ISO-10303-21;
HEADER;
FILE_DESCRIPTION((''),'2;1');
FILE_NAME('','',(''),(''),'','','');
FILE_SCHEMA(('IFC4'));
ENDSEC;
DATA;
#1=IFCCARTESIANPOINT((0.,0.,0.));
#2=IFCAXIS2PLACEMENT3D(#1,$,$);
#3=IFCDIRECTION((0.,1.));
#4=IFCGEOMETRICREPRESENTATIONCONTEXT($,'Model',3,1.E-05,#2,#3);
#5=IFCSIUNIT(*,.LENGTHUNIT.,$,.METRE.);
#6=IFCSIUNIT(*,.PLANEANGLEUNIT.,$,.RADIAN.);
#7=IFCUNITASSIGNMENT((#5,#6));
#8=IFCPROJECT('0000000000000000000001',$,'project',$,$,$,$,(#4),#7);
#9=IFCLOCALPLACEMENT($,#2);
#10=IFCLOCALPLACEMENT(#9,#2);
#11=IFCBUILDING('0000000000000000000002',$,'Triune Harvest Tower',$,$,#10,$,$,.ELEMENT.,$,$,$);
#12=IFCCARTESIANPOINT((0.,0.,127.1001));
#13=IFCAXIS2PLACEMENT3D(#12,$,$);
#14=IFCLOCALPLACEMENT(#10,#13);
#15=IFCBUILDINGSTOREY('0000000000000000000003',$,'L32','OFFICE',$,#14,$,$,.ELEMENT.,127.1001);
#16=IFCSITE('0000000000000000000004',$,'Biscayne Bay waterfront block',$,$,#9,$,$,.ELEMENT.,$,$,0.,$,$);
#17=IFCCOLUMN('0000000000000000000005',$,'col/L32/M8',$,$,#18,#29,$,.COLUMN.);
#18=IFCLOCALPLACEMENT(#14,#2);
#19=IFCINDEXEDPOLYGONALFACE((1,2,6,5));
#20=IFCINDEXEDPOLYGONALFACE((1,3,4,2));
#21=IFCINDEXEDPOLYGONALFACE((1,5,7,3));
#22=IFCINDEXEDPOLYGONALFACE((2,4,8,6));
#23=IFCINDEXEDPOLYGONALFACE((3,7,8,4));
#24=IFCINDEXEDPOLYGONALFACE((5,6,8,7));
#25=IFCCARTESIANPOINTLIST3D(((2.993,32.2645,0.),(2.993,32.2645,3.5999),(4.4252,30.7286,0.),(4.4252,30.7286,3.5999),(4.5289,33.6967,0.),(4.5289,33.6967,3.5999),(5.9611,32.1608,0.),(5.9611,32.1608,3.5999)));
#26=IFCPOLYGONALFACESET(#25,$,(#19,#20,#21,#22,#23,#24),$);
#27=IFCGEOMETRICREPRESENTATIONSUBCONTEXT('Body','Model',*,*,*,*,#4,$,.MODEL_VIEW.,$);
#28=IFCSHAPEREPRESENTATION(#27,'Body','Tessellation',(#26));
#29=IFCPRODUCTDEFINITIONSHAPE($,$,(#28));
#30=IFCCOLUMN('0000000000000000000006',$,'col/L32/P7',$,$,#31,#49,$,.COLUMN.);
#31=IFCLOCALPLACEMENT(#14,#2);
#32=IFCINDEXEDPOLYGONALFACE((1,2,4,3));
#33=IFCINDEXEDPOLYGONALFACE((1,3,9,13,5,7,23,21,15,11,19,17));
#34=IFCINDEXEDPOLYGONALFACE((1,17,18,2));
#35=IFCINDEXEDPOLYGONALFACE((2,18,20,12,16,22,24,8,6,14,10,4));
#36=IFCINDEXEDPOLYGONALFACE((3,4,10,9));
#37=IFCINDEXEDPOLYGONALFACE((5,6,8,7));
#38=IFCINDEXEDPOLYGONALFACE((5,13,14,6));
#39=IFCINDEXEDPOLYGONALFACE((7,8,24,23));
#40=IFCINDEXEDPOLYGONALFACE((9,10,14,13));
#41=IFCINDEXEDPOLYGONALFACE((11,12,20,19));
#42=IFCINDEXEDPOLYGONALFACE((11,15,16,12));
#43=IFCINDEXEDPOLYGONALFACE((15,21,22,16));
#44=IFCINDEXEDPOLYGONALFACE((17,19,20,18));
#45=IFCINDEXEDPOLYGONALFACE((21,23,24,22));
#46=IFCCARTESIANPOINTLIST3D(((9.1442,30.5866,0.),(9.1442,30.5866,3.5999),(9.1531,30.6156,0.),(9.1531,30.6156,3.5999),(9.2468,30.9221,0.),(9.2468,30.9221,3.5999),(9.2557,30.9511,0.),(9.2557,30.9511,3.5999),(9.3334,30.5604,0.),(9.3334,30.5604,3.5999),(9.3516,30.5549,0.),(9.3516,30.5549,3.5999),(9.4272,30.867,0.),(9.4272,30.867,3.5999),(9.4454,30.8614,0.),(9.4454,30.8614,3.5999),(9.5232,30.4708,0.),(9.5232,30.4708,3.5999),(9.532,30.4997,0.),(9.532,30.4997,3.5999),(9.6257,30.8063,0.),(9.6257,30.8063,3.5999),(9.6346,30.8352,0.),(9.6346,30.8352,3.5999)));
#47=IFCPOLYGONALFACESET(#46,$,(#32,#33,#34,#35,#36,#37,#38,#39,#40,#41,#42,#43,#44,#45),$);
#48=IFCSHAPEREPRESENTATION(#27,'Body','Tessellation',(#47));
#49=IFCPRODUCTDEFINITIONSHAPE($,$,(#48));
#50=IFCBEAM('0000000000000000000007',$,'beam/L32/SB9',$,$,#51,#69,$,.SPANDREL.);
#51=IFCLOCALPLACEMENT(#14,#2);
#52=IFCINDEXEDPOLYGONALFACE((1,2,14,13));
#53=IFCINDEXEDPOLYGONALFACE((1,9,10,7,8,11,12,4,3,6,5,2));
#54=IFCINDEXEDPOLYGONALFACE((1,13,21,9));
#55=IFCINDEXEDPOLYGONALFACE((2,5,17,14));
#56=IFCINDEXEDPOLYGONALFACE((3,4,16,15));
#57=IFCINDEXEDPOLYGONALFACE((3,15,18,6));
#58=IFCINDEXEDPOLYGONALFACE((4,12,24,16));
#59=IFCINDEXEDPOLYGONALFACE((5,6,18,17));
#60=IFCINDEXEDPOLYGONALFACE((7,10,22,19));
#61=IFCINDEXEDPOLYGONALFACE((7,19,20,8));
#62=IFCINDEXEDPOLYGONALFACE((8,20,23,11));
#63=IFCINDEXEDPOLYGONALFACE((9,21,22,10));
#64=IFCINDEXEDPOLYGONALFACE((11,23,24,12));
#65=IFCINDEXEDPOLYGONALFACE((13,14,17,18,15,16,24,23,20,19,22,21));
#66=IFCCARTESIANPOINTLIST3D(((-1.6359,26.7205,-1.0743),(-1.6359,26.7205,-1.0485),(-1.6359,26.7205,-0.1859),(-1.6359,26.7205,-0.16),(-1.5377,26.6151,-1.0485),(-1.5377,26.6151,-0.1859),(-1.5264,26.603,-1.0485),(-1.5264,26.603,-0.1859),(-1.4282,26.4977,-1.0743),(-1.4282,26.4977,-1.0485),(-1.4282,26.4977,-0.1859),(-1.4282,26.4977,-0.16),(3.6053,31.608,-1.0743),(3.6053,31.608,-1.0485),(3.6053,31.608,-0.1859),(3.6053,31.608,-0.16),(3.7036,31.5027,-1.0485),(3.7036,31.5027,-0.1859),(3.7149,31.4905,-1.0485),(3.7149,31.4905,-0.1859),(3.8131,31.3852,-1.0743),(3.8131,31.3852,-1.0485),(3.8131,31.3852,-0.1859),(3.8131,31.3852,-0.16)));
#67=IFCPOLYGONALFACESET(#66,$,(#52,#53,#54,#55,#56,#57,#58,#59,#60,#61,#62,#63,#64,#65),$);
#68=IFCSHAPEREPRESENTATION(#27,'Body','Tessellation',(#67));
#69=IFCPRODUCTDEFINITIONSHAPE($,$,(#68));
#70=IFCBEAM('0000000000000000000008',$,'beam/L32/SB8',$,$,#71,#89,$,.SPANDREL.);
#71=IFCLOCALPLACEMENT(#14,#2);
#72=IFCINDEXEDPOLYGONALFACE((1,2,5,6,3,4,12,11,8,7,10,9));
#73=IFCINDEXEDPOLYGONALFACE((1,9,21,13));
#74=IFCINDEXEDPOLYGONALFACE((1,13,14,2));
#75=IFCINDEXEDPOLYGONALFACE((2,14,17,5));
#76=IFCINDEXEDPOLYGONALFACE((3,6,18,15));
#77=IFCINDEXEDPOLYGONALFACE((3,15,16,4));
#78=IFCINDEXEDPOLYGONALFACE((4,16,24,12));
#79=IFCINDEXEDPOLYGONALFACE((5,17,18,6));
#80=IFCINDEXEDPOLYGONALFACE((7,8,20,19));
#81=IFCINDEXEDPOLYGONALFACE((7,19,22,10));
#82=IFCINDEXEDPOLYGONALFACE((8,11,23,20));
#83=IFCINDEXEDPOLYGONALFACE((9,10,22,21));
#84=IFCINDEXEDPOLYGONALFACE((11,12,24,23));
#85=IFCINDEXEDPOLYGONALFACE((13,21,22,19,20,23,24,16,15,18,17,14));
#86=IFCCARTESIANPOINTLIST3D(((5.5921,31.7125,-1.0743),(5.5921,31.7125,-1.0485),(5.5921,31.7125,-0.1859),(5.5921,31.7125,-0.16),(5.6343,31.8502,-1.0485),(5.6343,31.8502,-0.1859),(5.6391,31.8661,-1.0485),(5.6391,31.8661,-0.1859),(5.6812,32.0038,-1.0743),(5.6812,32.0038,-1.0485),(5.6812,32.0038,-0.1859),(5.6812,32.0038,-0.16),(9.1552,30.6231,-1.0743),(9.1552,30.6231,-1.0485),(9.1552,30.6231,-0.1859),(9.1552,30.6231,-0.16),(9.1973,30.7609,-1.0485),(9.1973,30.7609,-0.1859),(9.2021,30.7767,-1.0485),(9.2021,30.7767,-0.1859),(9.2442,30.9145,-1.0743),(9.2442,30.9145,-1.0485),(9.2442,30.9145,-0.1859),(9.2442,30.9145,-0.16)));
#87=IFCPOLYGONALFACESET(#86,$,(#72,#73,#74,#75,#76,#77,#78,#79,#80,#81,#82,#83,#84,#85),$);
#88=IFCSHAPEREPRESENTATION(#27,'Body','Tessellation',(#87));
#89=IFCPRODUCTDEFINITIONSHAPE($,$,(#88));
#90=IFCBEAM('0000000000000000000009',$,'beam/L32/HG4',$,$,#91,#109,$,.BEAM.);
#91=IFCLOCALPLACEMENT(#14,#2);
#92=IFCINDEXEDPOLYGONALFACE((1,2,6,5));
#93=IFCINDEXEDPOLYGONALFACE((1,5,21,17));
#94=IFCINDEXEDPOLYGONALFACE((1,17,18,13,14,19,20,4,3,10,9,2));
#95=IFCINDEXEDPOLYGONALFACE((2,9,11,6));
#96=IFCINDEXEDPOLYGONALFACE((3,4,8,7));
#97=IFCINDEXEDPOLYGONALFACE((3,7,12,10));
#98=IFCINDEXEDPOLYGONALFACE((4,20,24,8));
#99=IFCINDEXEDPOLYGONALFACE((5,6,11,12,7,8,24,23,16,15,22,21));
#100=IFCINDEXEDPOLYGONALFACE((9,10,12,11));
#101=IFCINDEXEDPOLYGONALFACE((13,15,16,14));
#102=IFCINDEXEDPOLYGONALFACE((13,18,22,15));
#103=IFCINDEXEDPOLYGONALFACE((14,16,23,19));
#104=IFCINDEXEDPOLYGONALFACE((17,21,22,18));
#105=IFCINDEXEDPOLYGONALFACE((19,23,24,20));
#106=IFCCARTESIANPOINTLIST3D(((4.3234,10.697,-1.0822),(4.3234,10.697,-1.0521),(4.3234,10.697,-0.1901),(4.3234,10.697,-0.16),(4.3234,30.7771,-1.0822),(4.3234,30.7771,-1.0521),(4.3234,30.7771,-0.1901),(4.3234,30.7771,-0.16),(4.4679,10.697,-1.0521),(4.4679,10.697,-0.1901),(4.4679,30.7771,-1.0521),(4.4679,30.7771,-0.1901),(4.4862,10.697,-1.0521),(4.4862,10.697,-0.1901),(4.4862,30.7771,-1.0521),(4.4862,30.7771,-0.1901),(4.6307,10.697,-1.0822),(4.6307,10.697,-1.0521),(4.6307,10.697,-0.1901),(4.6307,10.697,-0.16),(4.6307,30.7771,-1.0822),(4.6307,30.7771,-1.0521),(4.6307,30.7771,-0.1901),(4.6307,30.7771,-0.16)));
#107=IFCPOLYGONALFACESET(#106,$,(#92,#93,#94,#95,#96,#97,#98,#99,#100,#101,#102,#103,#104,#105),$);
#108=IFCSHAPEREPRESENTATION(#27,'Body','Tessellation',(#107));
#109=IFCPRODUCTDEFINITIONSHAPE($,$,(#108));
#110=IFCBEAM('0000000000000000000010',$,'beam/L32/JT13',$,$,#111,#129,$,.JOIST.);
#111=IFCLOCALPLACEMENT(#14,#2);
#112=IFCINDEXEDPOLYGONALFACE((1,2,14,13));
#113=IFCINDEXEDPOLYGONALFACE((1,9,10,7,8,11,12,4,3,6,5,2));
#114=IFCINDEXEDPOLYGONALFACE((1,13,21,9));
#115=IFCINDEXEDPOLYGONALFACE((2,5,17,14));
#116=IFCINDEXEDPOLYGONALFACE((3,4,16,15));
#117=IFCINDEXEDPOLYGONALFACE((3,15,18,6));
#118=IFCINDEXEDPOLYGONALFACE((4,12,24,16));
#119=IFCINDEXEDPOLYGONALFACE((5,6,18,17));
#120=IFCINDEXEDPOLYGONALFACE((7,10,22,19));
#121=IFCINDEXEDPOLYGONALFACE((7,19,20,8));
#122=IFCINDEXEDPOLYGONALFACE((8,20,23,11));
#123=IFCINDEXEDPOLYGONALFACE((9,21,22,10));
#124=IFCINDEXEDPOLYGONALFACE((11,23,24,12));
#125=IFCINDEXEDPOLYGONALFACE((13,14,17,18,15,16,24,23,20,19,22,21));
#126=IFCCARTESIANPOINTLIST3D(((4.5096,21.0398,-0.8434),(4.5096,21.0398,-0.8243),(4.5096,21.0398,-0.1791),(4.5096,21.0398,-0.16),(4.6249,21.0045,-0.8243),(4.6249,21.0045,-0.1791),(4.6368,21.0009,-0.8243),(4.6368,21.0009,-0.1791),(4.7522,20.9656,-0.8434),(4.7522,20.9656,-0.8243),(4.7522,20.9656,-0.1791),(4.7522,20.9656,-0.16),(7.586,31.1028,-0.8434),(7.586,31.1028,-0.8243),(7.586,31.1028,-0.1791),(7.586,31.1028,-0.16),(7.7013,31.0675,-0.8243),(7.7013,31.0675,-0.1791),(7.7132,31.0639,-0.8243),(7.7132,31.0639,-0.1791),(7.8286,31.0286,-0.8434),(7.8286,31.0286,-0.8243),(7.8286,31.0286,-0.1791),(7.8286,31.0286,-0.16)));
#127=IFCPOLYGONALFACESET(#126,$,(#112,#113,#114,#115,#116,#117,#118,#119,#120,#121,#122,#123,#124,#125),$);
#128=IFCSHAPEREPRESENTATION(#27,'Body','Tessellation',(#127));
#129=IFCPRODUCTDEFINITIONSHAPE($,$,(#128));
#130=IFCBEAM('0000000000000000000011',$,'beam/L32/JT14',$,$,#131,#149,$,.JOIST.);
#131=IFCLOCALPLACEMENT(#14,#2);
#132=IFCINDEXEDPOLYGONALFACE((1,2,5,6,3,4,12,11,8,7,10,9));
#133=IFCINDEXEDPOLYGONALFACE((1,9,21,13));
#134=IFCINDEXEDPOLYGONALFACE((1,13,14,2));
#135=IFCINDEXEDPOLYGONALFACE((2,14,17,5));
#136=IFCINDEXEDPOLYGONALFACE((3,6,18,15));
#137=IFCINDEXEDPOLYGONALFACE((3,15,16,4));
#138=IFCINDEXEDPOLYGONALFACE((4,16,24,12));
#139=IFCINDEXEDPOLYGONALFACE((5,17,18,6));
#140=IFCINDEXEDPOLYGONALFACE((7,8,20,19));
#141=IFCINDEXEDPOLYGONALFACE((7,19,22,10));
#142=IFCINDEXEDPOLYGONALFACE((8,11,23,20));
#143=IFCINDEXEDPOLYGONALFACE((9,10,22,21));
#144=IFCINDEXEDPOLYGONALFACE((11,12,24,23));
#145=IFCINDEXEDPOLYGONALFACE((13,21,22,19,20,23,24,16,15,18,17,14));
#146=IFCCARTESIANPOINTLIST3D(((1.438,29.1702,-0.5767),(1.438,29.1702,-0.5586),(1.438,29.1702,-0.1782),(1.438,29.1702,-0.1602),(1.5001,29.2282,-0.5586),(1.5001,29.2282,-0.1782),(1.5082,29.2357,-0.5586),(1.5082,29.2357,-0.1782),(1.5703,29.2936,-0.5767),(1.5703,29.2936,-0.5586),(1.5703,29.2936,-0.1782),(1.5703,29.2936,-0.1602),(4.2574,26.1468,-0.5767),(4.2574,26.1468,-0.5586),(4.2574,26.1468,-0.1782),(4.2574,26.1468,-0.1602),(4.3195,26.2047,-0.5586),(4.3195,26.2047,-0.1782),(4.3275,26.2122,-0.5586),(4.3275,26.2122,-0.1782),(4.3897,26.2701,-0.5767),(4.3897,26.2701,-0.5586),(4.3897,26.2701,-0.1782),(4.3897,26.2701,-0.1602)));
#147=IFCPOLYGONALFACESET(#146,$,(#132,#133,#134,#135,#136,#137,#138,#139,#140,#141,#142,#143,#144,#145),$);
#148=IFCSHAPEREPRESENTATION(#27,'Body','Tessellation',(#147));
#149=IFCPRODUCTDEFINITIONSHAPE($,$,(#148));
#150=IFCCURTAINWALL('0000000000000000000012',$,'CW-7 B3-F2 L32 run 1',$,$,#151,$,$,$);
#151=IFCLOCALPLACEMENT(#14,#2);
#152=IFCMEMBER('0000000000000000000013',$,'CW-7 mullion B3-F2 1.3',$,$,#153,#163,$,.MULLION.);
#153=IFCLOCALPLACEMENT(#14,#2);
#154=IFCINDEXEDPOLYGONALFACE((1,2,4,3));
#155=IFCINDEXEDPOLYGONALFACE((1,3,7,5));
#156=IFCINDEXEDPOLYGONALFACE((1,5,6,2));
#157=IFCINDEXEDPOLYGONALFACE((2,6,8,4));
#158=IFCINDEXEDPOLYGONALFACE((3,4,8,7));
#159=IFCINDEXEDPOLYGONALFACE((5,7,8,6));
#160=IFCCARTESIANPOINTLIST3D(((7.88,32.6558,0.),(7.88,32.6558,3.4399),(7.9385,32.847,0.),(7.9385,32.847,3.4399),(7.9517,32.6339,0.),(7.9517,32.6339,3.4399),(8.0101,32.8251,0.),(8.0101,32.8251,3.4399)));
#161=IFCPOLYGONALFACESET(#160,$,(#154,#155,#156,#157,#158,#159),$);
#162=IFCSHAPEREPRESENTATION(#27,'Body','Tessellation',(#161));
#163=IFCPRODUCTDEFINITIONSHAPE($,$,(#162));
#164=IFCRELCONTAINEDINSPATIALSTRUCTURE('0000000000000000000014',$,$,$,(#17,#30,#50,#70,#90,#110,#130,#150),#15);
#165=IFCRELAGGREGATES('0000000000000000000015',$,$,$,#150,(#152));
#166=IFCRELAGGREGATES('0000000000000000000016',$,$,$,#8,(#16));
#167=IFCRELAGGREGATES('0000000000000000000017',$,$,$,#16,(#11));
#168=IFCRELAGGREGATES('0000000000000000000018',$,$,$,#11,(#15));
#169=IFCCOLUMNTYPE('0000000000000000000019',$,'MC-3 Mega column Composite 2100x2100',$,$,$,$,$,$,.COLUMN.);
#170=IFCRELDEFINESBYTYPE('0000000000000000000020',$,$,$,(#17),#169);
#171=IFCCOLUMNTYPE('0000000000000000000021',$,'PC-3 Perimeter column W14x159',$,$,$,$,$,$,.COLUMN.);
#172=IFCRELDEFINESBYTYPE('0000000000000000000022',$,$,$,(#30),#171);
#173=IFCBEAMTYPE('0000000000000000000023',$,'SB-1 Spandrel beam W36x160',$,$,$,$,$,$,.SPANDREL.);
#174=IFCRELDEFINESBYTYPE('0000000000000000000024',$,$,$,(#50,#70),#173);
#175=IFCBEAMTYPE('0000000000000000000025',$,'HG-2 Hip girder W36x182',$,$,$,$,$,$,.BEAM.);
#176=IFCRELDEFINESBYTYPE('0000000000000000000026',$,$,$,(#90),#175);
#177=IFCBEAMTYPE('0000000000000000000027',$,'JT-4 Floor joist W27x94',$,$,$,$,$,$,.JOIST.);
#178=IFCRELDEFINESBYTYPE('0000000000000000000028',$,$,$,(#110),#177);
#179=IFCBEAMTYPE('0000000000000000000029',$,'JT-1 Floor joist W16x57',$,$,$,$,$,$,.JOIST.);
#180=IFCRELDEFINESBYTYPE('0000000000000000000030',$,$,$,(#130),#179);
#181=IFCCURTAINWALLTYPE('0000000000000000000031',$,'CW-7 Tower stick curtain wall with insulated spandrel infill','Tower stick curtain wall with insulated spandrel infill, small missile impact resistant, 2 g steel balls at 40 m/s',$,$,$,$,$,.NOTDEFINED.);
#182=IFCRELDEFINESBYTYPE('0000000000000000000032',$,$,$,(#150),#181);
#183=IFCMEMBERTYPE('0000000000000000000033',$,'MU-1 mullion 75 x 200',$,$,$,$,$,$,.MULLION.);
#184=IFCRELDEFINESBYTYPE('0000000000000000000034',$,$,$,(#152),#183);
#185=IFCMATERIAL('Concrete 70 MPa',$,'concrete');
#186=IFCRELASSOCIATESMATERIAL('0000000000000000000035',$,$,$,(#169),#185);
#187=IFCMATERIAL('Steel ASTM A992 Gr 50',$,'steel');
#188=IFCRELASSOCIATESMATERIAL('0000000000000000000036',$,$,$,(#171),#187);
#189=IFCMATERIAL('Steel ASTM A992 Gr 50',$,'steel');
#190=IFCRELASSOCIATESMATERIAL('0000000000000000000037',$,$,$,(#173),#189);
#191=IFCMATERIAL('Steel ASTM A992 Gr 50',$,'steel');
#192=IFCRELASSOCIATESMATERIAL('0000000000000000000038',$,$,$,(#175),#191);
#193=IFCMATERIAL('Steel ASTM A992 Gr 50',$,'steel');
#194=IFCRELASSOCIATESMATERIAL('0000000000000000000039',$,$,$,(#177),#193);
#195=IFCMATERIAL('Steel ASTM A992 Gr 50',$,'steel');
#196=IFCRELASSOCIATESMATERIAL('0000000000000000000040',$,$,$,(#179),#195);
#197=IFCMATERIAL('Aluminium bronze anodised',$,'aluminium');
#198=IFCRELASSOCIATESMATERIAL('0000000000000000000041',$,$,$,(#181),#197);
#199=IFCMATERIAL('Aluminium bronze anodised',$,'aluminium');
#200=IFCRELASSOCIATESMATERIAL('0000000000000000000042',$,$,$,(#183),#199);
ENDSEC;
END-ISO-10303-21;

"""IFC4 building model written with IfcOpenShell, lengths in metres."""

from ifc_helpers import new_model, si_unit, direction, frame, origin, origin_2d, place, context, subcontext, project, spatial, rectangle, i_section, extrude, source, transform, mapped, material, material_profile, profile_set, type_object, element, aggregate, save


model = new_model("IFC4")

# Units and contexts
model_context = context("Model", 3, precision=1e-05, world=origin(), true_north=direction((0.0, 1.0)))
body_context = subcontext(model_context, "Body", "Model", "MODEL_VIEW")
ifc_project = project(units=[si_unit("LENGTHUNIT", "METRE"), si_unit("PLANEANGLEUNIT", "RADIAN")], contexts=[model_context])

# Site, building, storey
site_placement = place(None, origin())
site = spatial("IfcSite", under=ifc_project, at=site_placement, Name="Biscayne Bay waterfront block", CompositionType="ELEMENT", RefElevation=0.0)
building_placement = place(site_placement, origin())
building = spatial("IfcBuilding", under=site, at=building_placement, Name="Triune Harvest Tower", CompositionType="ELEMENT")
storey_placement = place(building_placement, frame((0.0, 0.0, 127.1001)))
storey = spatial("IfcBuildingStorey", under=building, at=storey_placement, Name="L32", Description="OFFICE", CompositionType="ELEMENT", Elevation=127.1001)

# Columns
ifc_material_1 = material(Name="Concrete 70 MPa", Category="concrete")
ifc_material_profile_1 = material_profile(ifc_material_1, rectangle(XDim=2.1001, YDim=2.1001, at=origin_2d()), Name="Composite 2100x2100")
ifc_profile_set_1 = profile_set([ifc_material_profile_1], Name="Concrete 70 MPa")
column_type_1 = type_object("IfcColumnType", Name="MC-3 Mega column Composite 2100x2100", PredefinedType="COLUMN", material=ifc_profile_set_1)
shared_shape_1 = source(origin(), body_context, "Body", "SweptSolid", [
    extrude(rectangle(XDim=2.1001, YDim=2.1001, at=origin_2d()), origin(), (0.0, 0.0, 1.0), 3.5999),
])
column_1_placement = place(storey_placement, frame((4.4771, 32.2126, 0.0), z_axis=(0.0, 0.0, 1.0), x_axis=(-0.731355, -0.681997, 0.0)))
element("IfcColumn", 1, at=column_1_placement, inside=storey, type_object=column_type_1, Name="col/L32/M8", PredefinedType="COLUMN", context=body_context, shape_type="MappedRepresentation", body=[
    mapped(shared_shape_1, transform((0.0, 0.0, 0.0), scale=1.0)),
])
ifc_material_2 = material(Name="Steel ASTM A992 Gr 50", Category="steel")
ifc_material_profile_2 = material_profile(ifc_material_2, i_section(OverallWidth=0.3962, OverallDepth=0.3811, WebThickness=0.019, FlangeThickness=0.0303, at=origin_2d()), Name="W14x159")
ifc_profile_set_2 = profile_set([ifc_material_profile_2], Name="Steel ASTM A992 Gr 50")
column_type_2 = type_object("IfcColumnType", Name="PC-3 Perimeter column W14x159", PredefinedType="COLUMN", material=ifc_profile_set_2)
shared_shape_2 = source(origin(), body_context, "Body", "SweptSolid", [
    extrude(i_section(OverallWidth=0.3962, OverallDepth=0.3811, WebThickness=0.019, FlangeThickness=0.0303, at=origin_2d()), origin(), (0.0, 0.0, 1.0), 3.5999),
])
column_2_placement = place(storey_placement, frame((9.3894, 30.7109, 0.0), z_axis=(0.0, 0.0, 1.0), x_axis=(-0.956305, 0.292372, 0.0)))
element("IfcColumn", 2, at=column_2_placement, inside=storey, type_object=column_type_2, Name="col/L32/P7", PredefinedType="COLUMN", context=body_context, shape_type="MappedRepresentation", body=[
    mapped(shared_shape_2, transform((0.0, 0.0, 0.0), scale=1.0)),
])

# Beams
ifc_material_3 = material(Name="Steel ASTM A992 Gr 50", Category="steel")
ifc_material_profile_3 = material_profile(ifc_material_3, i_section(OverallWidth=0.3047, OverallDepth=0.9143, WebThickness=0.0166, FlangeThickness=0.0259, at=origin_2d()), Name="W36x160")
ifc_profile_set_3 = profile_set([ifc_material_profile_3], Name="Steel ASTM A992 Gr 50")
beam_type_1 = type_object("IfcBeamType", Name="SB-1 Spandrel beam W36x160", PredefinedType="SPANDREL", material=ifc_profile_set_3)
shared_shape_3 = source(origin(), body_context, "Body", "SweptSolid", [
    extrude(i_section(OverallWidth=0.3047, OverallDepth=0.9143, WebThickness=0.0166, FlangeThickness=0.0259, at=origin_2d()), origin(), (0.0, 0.0, 1.0), 7.1665),
])
beam_1_placement = place(storey_placement, frame((3.7092, 31.4966, -0.6172), z_axis=(-0.731358, -0.681994, 0.0), x_axis=(0.681994, -0.731358, 0.0)))
element("IfcBeam", 3, at=beam_1_placement, inside=storey, type_object=beam_type_1, Name="beam/L32/SB9", PredefinedType="SPANDREL", context=body_context, shape_type="MappedRepresentation", body=[
    mapped(shared_shape_3, transform((0.0, 0.0, 0.0), scale=1.0)),
])
shared_shape_4 = source(origin(), body_context, "Body", "SweptSolid", [
    extrude(i_section(OverallWidth=0.3047, OverallDepth=0.9143, WebThickness=0.0166, FlangeThickness=0.0259, at=origin_2d()), origin(), (0.0, 0.0, 1.0), 3.7258),
])
beam_2_placement = place(storey_placement, frame((9.1997, 30.7688, -0.6172), z_axis=(-0.956302, 0.292382, 0.0), x_axis=(-0.292382, -0.956302, 0.0)))
element("IfcBeam", 4, at=beam_2_placement, inside=storey, type_object=beam_type_1, Name="beam/L32/SB8", PredefinedType="SPANDREL", context=body_context, shape_type="MappedRepresentation", body=[
    mapped(shared_shape_4, transform((0.0, 0.0, 0.0), scale=1.0)),
])
ifc_material_4 = material(Name="Steel ASTM A992 Gr 50", Category="steel")
ifc_material_profile_4 = material_profile(ifc_material_4, i_section(OverallWidth=0.3074, OverallDepth=0.9221, WebThickness=0.0183, FlangeThickness=0.03, at=origin_2d()), Name="W36x182")
ifc_profile_set_4 = profile_set([ifc_material_profile_4], Name="Steel ASTM A992 Gr 50")
beam_type_2 = type_object("IfcBeamType", Name="HG-2 Hip girder W36x182", PredefinedType="BEAM", material=ifc_profile_set_4)
shared_shape_5 = source(origin(), body_context, "Body", "SweptSolid", [
    extrude(i_section(OverallWidth=0.3074, OverallDepth=0.9221, WebThickness=0.0183, FlangeThickness=0.03, at=origin_2d()), origin(), (0.0, 0.0, 1.0), 20.0801),
])
beam_3_placement = place(storey_placement, frame((4.4771, 30.7771, -0.6211), z_axis=(0.0, -1.0, 0.0), x_axis=(1.0, 0.0, 0.0)))
element("IfcBeam", 5, at=beam_3_placement, inside=storey, type_object=beam_type_2, Name="beam/L32/HG4", PredefinedType="BEAM", context=body_context, shape_type="MappedRepresentation", body=[
    mapped(shared_shape_5, transform((0.0, 0.0, 0.0), scale=1.0)),
])
ifc_material_5 = material(Name="Steel ASTM A992 Gr 50", Category="steel")
ifc_material_profile_5 = material_profile(ifc_material_5, i_section(OverallWidth=0.2537, OverallDepth=0.6833, WebThickness=0.0125, FlangeThickness=0.019, at=origin_2d()), Name="W27x94")
ifc_profile_set_5 = profile_set([ifc_material_profile_5], Name="Steel ASTM A992 Gr 50")
beam_type_3 = type_object("IfcBeamType", Name="JT-4 Floor joist W27x94", PredefinedType="JOIST", material=ifc_profile_set_5)
shared_shape_6 = source(origin(), body_context, "Body", "SweptSolid", [
    extrude(i_section(OverallWidth=0.2537, OverallDepth=0.6833, WebThickness=0.0125, FlangeThickness=0.019, at=origin_2d()), origin(), (0.0, 0.0, 1.0), 10.5227),
])
beam_4_placement = place(storey_placement, frame((7.7073, 31.0657, -0.5017), z_axis=(-0.292359, -0.956309, 0.0), x_axis=(0.956309, -0.292359, 0.0)))
element("IfcBeam", 6, at=beam_4_placement, inside=storey, type_object=beam_type_3, Name="beam/L32/JT13", PredefinedType="JOIST", context=body_context, shape_type="MappedRepresentation", body=[
    mapped(shared_shape_6, transform((0.0, 0.0, 0.0), scale=1.0)),
])
ifc_material_6 = material(Name="Steel ASTM A992 Gr 50", Category="steel")
ifc_material_profile_6 = material_profile(ifc_material_6, i_section(OverallWidth=0.1809, OverallDepth=0.4165, WebThickness=0.011, FlangeThickness=0.0181, at=origin_2d()), Name="W16x57")
ifc_profile_set_6 = profile_set([ifc_material_profile_6], Name="Steel ASTM A992 Gr 50")
beam_type_4 = type_object("IfcBeamType", Name="JT-1 Floor joist W16x57", PredefinedType="JOIST", material=ifc_profile_set_6)
shared_shape_7 = source(origin(), body_context, "Body", "SweptSolid", [
    extrude(i_section(OverallWidth=0.1809, OverallDepth=0.4165, WebThickness=0.011, FlangeThickness=0.0181, at=origin_2d()), origin(), (0.0, 0.0, 1.0), 4.134),
])
beam_5_placement = place(storey_placement, frame((1.5042, 29.2319, -0.3684), z_axis=(0.68199, -0.731362, 0.0), x_axis=(0.731362, 0.68199, 0.0)))
element("IfcBeam", 7, at=beam_5_placement, inside=storey, type_object=beam_type_4, Name="beam/L32/JT14", PredefinedType="JOIST", context=body_context, shape_type="MappedRepresentation", body=[
    mapped(shared_shape_7, transform((0.0, 0.0, 0.0), scale=1.0)),
])

# Curtain wall, member
ifc_material_7 = material(Name="Aluminium bronze anodised", Category="aluminium")
curtain_wall_type = type_object("IfcCurtainWallType", Name="CW-7 Tower stick curtain wall with insulated spandrel infill", Description="Tower stick curtain wall with insulated spandrel infill, small missile impact resistant, 2 g steel balls at 40 m/s", PredefinedType="NOTDEFINED", material=ifc_material_7)
curtain_wall_1_placement = place(storey_placement, origin())
curtain_wall_1 = element("IfcCurtainWall", 8, at=curtain_wall_1_placement, inside=storey, type_object=curtain_wall_type, Name="CW-7 B3-F2 L32 run 1")
ifc_material_8 = material(Name="Aluminium bronze anodised", Category="aluminium")
ifc_material_profile_7 = material_profile(ifc_material_8, rectangle(XDim=0.2, YDim=0.075, at=origin_2d()), Name="MU-1 mullion 75 x 200")
ifc_profile_set_7 = profile_set([ifc_material_profile_7], Name="Aluminium bronze anodised")
member_type_1 = type_object("IfcMemberType", Name="MU-1 mullion 75 x 200", PredefinedType="MULLION", material=ifc_profile_set_7)
shared_shape_8 = source(origin(), body_context, "Body", "SweptSolid", [
    extrude(rectangle(XDim=0.2, YDim=0.075, at=origin_2d()), origin(), (0.0, 0.0, 1.0), 3.4399),
])
member_1_placement = place(storey_placement, frame((7.9451, 32.7405, 0.0), z_axis=(0.0, 0.0, 1.0), x_axis=(-0.292377, -0.956303, 0.0)))
member_1 = element("IfcMember", 9, at=member_1_placement, type_object=member_type_1, Name="CW-7 mullion B3-F2 1.3", PredefinedType="MULLION", context=body_context, shape_type="MappedRepresentation", body=[
    mapped(shared_shape_8, transform((0.0, 0.0, 0.0), scale=1.0)),
])

aggregate(curtain_wall_1, [member_1])

save(model, "model.ifc")
